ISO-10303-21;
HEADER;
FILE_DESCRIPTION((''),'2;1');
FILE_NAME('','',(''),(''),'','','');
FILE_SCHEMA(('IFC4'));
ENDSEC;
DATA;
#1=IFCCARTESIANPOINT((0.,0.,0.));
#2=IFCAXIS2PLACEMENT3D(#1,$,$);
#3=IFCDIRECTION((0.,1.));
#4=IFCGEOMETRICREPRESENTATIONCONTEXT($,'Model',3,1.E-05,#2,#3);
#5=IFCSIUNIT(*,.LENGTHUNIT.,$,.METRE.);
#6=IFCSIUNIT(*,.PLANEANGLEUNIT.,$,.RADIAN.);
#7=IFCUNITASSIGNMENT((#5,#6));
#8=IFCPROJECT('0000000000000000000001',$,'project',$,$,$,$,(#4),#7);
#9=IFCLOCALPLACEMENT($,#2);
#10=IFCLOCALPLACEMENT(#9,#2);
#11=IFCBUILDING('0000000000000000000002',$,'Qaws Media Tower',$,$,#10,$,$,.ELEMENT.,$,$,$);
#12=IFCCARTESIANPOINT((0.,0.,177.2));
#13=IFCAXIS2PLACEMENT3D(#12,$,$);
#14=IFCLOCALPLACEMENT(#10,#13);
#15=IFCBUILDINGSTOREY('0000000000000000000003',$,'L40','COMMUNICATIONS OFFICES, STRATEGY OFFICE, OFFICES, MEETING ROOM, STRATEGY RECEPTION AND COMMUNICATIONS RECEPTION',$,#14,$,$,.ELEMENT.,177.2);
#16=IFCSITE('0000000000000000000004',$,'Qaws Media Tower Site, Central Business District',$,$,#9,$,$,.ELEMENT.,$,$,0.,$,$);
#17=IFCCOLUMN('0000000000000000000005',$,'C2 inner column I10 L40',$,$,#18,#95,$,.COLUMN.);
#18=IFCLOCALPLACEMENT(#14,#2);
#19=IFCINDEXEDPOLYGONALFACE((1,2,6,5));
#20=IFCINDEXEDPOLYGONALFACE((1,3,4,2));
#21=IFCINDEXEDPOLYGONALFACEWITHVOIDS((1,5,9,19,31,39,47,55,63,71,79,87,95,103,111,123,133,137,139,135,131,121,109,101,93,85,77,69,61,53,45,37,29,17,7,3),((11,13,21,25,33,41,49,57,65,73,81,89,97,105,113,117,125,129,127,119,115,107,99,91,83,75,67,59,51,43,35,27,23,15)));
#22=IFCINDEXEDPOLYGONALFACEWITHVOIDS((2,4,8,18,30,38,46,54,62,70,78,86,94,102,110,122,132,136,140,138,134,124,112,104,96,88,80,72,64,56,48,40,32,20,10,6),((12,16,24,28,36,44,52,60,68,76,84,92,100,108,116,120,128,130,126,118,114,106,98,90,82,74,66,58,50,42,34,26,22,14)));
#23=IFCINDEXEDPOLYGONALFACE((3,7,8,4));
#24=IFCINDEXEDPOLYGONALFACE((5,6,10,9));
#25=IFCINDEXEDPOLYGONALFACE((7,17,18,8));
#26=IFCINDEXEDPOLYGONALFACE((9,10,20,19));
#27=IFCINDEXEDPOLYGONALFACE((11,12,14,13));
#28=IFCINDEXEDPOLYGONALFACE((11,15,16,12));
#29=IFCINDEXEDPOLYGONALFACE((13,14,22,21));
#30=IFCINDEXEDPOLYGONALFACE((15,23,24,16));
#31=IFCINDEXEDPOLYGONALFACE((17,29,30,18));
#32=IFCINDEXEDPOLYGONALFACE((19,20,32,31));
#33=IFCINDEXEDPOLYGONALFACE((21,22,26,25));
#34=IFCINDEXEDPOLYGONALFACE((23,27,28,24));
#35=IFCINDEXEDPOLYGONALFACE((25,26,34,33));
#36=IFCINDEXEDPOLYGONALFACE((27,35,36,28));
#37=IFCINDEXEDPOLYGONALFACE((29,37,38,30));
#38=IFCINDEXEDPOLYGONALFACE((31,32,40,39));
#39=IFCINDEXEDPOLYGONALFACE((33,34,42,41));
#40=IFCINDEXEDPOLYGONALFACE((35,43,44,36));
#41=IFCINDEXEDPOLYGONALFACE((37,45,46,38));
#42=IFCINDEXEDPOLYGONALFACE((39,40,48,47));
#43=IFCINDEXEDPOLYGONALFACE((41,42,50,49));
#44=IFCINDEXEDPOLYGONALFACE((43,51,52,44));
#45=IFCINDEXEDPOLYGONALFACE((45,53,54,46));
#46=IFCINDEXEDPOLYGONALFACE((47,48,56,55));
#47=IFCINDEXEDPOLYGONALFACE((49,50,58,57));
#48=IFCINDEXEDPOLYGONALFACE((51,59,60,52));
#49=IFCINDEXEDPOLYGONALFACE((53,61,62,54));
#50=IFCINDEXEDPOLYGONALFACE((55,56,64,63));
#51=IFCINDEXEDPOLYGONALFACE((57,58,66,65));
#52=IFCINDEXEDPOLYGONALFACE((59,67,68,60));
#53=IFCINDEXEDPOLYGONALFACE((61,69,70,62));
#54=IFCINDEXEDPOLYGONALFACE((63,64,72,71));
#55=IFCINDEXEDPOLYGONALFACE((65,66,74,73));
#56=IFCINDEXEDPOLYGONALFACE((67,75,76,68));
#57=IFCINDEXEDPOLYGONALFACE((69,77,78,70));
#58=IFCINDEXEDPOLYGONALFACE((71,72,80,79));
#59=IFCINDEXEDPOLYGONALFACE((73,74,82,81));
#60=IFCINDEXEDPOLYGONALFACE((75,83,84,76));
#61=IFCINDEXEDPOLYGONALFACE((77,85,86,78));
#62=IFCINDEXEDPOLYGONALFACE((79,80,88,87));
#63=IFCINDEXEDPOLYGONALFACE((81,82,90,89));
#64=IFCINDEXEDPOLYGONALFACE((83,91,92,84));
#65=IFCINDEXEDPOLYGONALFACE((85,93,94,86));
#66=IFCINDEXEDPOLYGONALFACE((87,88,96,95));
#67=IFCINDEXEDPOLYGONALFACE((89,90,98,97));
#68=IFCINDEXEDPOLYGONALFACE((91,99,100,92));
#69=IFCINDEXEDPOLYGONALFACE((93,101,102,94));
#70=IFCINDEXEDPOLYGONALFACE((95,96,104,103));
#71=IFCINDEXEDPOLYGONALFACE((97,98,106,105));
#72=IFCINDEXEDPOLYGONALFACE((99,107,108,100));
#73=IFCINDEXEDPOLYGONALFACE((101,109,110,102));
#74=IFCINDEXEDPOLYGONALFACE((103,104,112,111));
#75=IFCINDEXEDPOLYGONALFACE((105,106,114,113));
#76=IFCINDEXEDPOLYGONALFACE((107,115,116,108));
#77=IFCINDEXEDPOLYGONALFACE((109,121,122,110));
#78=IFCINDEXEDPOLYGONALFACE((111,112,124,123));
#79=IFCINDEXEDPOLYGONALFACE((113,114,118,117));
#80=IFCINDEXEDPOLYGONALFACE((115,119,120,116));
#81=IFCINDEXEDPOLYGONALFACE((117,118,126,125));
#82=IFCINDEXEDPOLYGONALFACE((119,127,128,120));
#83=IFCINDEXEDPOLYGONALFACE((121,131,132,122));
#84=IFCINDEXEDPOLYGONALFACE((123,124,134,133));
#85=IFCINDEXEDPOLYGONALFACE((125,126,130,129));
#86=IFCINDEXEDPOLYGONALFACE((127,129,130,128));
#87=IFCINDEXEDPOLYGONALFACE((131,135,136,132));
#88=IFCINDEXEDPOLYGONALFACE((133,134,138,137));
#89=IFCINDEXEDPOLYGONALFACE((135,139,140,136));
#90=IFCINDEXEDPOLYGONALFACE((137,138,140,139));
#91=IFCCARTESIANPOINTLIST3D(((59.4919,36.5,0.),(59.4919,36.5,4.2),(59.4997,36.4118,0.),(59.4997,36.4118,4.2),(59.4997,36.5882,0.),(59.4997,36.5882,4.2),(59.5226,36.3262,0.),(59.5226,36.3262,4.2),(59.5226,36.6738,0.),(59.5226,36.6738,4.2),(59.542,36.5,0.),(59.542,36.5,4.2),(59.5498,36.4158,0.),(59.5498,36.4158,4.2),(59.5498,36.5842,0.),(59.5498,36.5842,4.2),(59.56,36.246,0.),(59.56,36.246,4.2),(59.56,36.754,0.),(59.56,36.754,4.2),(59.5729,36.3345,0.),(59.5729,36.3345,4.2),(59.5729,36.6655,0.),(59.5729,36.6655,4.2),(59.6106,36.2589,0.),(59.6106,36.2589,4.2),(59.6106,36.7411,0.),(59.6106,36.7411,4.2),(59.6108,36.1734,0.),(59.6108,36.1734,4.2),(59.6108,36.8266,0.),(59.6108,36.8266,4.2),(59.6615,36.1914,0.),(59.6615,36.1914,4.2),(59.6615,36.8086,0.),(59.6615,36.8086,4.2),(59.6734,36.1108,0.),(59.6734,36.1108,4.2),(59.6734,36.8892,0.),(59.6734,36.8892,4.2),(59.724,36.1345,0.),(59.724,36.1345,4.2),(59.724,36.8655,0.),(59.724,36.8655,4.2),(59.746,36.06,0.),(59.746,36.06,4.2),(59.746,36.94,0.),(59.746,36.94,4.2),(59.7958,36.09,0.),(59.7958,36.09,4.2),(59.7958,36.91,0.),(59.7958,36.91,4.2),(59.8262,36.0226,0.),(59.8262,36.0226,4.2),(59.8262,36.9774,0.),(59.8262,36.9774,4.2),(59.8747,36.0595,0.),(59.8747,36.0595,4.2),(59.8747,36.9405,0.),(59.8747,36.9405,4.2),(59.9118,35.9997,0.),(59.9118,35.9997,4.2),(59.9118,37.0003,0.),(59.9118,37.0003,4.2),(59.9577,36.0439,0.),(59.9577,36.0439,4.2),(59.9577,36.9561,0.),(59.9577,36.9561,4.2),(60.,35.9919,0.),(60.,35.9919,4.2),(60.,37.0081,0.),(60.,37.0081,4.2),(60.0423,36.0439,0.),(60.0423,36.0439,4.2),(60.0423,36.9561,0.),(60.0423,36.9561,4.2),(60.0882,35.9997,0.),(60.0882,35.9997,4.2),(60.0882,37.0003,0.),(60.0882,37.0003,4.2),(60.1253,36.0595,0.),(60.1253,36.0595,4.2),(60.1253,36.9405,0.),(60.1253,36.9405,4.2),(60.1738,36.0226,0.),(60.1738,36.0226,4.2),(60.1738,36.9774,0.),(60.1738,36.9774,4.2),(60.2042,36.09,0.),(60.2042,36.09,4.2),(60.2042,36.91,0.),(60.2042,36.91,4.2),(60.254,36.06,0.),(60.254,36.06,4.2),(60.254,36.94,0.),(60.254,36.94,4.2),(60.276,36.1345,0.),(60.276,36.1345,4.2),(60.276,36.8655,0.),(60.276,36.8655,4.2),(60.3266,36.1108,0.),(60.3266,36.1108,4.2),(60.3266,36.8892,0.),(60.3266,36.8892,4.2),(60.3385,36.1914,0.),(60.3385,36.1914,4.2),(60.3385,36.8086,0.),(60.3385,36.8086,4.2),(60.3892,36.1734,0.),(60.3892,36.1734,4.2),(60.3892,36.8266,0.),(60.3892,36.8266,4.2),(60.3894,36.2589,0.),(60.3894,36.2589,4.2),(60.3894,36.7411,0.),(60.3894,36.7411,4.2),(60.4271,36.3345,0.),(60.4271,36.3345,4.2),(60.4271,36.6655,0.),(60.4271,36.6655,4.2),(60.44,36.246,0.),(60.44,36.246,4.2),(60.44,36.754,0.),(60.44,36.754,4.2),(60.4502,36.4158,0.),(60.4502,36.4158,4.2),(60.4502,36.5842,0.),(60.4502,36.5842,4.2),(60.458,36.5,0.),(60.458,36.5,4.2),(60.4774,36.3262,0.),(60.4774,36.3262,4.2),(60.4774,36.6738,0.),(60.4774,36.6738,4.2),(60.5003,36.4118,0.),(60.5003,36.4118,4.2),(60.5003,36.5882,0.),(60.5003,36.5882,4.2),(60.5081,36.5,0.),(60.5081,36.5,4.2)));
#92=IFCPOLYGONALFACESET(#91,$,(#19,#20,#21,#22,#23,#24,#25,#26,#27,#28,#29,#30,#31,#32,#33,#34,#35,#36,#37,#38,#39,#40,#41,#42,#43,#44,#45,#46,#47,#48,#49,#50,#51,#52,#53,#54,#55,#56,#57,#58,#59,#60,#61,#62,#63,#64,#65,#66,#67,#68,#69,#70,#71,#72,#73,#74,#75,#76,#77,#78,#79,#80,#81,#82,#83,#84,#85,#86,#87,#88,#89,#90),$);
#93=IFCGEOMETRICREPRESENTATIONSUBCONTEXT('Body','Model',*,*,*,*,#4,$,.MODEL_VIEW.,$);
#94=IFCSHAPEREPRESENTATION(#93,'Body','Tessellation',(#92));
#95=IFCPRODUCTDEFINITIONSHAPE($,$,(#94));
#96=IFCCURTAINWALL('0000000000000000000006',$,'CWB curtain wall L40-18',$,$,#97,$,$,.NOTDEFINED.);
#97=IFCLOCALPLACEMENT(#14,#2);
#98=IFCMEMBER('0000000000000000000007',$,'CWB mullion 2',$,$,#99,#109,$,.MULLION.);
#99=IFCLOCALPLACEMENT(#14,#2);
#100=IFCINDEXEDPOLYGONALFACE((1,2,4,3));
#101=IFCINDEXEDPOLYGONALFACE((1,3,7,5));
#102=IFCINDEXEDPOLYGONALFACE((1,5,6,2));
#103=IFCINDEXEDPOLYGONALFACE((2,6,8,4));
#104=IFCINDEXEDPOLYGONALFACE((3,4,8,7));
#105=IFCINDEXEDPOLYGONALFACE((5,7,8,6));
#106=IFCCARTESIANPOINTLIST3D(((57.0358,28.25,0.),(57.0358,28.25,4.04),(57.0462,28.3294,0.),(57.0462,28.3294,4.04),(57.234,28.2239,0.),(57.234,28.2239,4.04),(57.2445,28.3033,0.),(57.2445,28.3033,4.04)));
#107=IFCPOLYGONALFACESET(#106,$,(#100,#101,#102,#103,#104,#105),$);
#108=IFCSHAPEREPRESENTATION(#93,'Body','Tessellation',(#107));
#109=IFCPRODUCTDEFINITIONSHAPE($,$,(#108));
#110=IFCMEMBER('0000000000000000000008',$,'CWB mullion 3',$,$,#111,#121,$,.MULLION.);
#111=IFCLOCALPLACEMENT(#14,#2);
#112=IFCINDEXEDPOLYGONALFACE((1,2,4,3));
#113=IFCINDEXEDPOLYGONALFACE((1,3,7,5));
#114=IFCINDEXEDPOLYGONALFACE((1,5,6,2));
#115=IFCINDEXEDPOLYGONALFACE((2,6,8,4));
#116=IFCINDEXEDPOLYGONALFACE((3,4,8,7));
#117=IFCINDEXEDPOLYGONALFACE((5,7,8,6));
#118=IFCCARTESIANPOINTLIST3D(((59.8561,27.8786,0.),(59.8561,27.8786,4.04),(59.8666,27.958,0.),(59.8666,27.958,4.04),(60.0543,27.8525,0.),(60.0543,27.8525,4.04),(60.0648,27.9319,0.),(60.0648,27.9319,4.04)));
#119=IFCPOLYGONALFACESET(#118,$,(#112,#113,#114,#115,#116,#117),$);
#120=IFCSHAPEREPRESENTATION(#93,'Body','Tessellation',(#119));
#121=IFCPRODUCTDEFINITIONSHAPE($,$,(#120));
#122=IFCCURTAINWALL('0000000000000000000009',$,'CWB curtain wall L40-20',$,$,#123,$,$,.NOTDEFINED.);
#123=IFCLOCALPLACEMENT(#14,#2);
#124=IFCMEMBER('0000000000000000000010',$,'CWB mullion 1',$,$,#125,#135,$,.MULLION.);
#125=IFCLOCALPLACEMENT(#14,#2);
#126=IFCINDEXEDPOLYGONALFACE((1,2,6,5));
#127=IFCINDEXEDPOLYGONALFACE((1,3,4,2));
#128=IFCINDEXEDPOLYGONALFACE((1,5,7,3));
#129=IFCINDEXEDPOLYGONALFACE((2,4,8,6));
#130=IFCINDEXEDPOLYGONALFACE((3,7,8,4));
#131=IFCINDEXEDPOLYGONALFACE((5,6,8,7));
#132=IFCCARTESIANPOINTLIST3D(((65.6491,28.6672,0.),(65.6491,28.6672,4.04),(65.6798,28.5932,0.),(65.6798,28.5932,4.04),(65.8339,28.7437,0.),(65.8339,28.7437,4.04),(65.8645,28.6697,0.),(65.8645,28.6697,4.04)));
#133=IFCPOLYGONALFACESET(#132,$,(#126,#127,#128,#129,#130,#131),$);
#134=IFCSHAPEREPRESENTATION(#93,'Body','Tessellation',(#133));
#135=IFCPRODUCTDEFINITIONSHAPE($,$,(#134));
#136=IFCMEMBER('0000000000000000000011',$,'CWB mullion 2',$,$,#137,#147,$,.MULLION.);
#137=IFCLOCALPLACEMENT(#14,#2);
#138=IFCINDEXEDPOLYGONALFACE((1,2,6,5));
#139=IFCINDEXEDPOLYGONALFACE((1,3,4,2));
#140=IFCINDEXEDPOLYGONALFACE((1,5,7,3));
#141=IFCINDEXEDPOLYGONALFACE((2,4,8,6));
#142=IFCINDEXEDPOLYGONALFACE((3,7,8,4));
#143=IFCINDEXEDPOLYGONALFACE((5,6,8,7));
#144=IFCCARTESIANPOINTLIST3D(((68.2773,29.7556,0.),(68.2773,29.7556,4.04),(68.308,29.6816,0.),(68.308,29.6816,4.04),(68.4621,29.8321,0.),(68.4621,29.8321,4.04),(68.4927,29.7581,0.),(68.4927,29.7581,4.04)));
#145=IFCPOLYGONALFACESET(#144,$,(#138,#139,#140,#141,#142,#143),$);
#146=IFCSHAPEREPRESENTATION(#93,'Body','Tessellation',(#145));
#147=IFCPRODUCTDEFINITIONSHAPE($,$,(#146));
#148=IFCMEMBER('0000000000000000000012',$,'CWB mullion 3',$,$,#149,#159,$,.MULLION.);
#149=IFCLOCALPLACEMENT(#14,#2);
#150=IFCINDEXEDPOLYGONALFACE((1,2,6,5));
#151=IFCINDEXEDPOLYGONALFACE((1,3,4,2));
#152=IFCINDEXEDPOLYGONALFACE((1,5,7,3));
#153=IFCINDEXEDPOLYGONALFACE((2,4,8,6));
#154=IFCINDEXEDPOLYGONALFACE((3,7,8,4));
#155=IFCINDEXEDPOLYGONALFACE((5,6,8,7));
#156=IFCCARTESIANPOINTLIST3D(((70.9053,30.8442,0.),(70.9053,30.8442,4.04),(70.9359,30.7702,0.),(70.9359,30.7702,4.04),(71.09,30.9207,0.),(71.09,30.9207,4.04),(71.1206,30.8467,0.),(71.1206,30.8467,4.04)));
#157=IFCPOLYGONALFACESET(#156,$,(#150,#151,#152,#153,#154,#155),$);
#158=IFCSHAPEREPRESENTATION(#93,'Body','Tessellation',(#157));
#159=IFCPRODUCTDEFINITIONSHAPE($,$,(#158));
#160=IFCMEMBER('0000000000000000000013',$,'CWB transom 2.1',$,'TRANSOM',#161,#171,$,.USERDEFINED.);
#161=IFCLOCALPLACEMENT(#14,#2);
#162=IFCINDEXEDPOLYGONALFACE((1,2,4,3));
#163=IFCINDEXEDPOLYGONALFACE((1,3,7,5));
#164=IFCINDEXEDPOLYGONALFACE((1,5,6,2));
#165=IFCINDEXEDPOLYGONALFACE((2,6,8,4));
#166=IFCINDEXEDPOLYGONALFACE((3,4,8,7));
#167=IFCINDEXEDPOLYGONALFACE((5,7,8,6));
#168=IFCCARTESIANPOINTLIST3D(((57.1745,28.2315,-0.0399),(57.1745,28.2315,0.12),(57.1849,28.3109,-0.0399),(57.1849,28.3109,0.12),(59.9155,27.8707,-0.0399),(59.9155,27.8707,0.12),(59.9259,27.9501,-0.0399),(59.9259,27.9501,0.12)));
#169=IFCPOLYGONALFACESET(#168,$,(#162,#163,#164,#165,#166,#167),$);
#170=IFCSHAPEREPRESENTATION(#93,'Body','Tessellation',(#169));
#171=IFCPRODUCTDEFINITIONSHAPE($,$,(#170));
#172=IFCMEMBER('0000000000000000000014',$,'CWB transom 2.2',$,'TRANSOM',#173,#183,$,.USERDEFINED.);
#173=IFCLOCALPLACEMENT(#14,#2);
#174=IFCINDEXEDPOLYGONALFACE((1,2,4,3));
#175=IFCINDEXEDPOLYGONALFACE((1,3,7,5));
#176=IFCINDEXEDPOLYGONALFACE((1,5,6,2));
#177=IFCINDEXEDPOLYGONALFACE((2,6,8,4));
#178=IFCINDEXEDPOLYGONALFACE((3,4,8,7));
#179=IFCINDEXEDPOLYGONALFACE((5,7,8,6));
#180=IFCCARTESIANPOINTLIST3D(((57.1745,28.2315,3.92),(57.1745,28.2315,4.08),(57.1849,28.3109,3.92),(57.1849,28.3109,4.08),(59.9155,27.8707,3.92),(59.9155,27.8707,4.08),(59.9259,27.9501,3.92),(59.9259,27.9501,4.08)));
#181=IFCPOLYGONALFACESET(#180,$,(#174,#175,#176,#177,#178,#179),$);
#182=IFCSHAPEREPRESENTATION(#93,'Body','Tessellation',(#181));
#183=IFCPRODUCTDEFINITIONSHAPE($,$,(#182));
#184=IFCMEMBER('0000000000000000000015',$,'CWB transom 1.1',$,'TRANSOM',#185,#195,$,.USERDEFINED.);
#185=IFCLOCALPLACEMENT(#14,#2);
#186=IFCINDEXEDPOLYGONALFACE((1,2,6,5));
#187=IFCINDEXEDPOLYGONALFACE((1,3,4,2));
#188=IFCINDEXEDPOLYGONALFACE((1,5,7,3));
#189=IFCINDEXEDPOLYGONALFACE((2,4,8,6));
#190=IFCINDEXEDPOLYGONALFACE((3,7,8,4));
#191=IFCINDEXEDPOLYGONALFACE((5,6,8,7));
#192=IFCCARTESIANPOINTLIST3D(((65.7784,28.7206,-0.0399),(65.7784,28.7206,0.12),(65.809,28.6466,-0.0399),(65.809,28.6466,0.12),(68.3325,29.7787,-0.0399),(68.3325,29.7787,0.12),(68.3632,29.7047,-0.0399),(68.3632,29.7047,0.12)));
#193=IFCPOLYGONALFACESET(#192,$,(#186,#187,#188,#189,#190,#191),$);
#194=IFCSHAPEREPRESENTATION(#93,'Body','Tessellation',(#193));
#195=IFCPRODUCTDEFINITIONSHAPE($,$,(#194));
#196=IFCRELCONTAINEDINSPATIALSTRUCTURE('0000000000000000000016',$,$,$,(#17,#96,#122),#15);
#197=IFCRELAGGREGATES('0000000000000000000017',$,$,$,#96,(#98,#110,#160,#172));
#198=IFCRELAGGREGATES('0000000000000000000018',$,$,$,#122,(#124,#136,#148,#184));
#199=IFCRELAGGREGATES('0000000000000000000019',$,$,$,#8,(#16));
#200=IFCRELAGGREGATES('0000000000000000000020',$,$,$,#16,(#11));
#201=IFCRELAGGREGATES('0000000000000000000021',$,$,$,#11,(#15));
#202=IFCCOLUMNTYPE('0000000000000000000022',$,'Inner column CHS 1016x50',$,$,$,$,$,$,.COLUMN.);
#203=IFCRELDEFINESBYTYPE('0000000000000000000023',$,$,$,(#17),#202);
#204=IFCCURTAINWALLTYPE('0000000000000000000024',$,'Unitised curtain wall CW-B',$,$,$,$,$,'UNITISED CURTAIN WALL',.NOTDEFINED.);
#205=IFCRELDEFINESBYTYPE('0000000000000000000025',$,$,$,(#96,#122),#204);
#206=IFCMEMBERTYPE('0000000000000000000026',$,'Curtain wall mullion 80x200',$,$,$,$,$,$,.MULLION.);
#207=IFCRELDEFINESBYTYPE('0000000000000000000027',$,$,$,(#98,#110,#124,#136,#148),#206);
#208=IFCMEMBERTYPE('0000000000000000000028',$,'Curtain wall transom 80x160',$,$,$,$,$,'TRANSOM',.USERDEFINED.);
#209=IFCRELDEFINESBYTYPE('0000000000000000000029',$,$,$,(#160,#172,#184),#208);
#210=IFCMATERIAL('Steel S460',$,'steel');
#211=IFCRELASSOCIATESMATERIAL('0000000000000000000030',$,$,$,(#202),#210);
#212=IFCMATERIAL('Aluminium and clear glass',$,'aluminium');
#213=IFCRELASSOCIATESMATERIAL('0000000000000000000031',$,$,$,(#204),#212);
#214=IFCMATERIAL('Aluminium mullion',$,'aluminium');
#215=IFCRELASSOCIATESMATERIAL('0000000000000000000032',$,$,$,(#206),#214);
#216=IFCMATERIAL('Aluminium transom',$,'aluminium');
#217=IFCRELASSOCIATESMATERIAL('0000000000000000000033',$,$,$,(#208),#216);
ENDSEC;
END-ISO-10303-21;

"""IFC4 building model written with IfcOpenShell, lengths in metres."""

from ifc_helpers import new_model, si_unit, direction, frame, origin, origin_2d, place, context, subcontext, project, spatial, rectangle, hollow_circle, extrude, material, material_profile, profile_set, type_object, element, aggregate, save


model = new_model("IFC4")

# Units and contexts
model_context = context("Model", 3, precision=1e-05, world=origin(), true_north=direction((0.0, 1.0)))
body_context = subcontext(model_context, "Body", "Model", "MODEL_VIEW")
ifc_project = project(units=[si_unit("LENGTHUNIT", "METRE"), si_unit("PLANEANGLEUNIT", "RADIAN")], contexts=[model_context])

# Site, building, storey
site_placement = place(None, origin())
site = spatial("IfcSite", under=ifc_project, at=site_placement, Name="Qaws Media Tower Site, Central Business District", CompositionType="ELEMENT", RefElevation=0.0)
building_placement = place(site_placement, origin())
building = spatial("IfcBuilding", under=site, at=building_placement, Name="Qaws Media Tower", CompositionType="ELEMENT")
storey_placement = place(building_placement, frame((0.0, 0.0, 177.2)))
storey = spatial("IfcBuildingStorey", under=building, at=storey_placement, Name="L40", Description="COMMUNICATIONS OFFICES, STRATEGY OFFICE, OFFICES, MEETING ROOM, STRATEGY RECEPTION AND COMMUNICATIONS RECEPTION", CompositionType="ELEMENT", Elevation=177.2)

# Column
ifc_material_1 = material(Name="Steel S460", Category="steel")
ifc_material_profile_1 = material_profile(ifc_material_1, hollow_circle(Radius=0.5081, WallThickness=0.05, at=origin_2d()), Name="CHS 1016x50")
ifc_profile_set_1 = profile_set([ifc_material_profile_1], Name="Steel S460")
column_type = type_object("IfcColumnType", Name="Inner column CHS 1016x50", PredefinedType="COLUMN", material=ifc_profile_set_1)
column_placement = place(storey_placement, frame((60.0, 36.5, 0.0), z_axis=(0.0, 0.0, 1.0), x_axis=(1.0, 0.0, 0.0)))
element("IfcColumn", 1, at=column_placement, inside=storey, type_object=column_type, Name="C2 inner column I10 L40", PredefinedType="COLUMN", context=body_context, shape_type="SweptSolid", body=[
    extrude(hollow_circle(Radius=0.5081, WallThickness=0.05, at=origin_2d()), origin(), (0.0, 0.0, 1.0), 4.2),
])

# Curtain walls, members
ifc_material_2 = material(Name="Aluminium and clear glass", Category="aluminium")
curtain_wall_type = type_object("IfcCurtainWallType", Name="Unitised curtain wall CW-B", ElementType="UNITISED CURTAIN WALL", PredefinedType="NOTDEFINED", material=ifc_material_2)
curtain_wall_1_placement = place(storey_placement, origin())
curtain_wall_1 = element("IfcCurtainWall", 2, at=curtain_wall_1_placement, inside=storey, type_object=curtain_wall_type, Name="CWB curtain wall L40-18", PredefinedType="NOTDEFINED")
ifc_material_3 = material(Name="Aluminium mullion", Category="aluminium")
ifc_material_profile_2 = material_profile(ifc_material_3, rectangle(XDim=0.0801, YDim=0.2, at=origin_2d()), Name="80x200")
ifc_profile_set_2 = profile_set([ifc_material_profile_2], Name="Aluminium mullion")
member_type_1 = type_object("IfcMemberType", Name="Curtain wall mullion 80x200", PredefinedType="MULLION", material=ifc_profile_set_2)
member_1_placement = place(storey_placement, frame((57.1401, 28.2766, 0.0), z_axis=(0.0, 0.0, 1.0), x_axis=(0.130526, 0.991445, 0.0)))
member_1 = element("IfcMember", 3, at=member_1_placement, type_object=member_type_1, Name="CWB mullion 2", PredefinedType="MULLION", context=body_context, shape_type="SweptSolid", body=[
    extrude(rectangle(XDim=0.0801, YDim=0.2, at=origin_2d()), origin(), (0.0, 0.0, 1.0), 4.04),
])
member_2_placement = place(storey_placement, frame((59.9604, 27.9053, 0.0), z_axis=(0.0, 0.0, 1.0), x_axis=(0.130526, 0.991445, 0.0)))
member_2 = element("IfcMember", 4, at=member_2_placement, type_object=member_type_1, Name="CWB mullion 3", PredefinedType="MULLION", context=body_context, shape_type="SweptSolid", body=[
    extrude(rectangle(XDim=0.0801, YDim=0.2, at=origin_2d()), origin(), (0.0, 0.0, 1.0), 4.04),
])
curtain_wall_2_placement = place(storey_placement, origin())
curtain_wall_2 = element("IfcCurtainWall", 5, at=curtain_wall_2_placement, inside=storey, type_object=curtain_wall_type, Name="CWB curtain wall L40-20", PredefinedType="NOTDEFINED")
member_3_placement = place(storey_placement, frame((65.7568, 28.6685, 0.0), z_axis=(0.0, 0.0, 1.0), x_axis=(-0.382684, 0.923879, 0.0)))
member_3 = element("IfcMember", 6, at=member_3_placement, type_object=member_type_1, Name="CWB mullion 1", PredefinedType="MULLION", context=body_context, shape_type="SweptSolid", body=[
    extrude(rectangle(XDim=0.0801, YDim=0.2, at=origin_2d()), origin(), (0.0, 0.0, 1.0), 4.04),
])
member_4_placement = place(storey_placement, frame((68.385, 29.7568, 0.0), z_axis=(0.0, 0.0, 1.0), x_axis=(-0.382684, 0.923879, 0.0)))
member_4 = element("IfcMember", 7, at=member_4_placement, type_object=member_type_1, Name="CWB mullion 2", PredefinedType="MULLION", context=body_context, shape_type="SweptSolid", body=[
    extrude(rectangle(XDim=0.0801, YDim=0.2, at=origin_2d()), origin(), (0.0, 0.0, 1.0), 4.04),
])
member_5_placement = place(storey_placement, frame((71.0129, 30.8455, 0.0), z_axis=(0.0, 0.0, 1.0), x_axis=(-0.382684, 0.923879, 0.0)))
member_5 = element("IfcMember", 8, at=member_5_placement, type_object=member_type_1, Name="CWB mullion 3", PredefinedType="MULLION", context=body_context, shape_type="SweptSolid", body=[
    extrude(rectangle(XDim=0.0801, YDim=0.2, at=origin_2d()), origin(), (0.0, 0.0, 1.0), 4.04),
])

# Members
ifc_material_4 = material(Name="Aluminium transom", Category="aluminium")
ifc_material_profile_3 = material_profile(ifc_material_4, rectangle(XDim=0.0801, YDim=0.1599, at=origin_2d()), Name="80x160")
ifc_profile_set_3 = profile_set([ifc_material_profile_3], Name="Aluminium transom")
member_type_2 = type_object("IfcMemberType", Name="Curtain wall transom 80x160", ElementType="TRANSOM", PredefinedType="USERDEFINED", material=ifc_profile_set_3)
member_6_placement = place(storey_placement, frame((57.1797, 28.2712, 0.04), z_axis=(0.991446, -0.130521, 0.0), x_axis=(0.130521, 0.991446, 0.0)))
member_6 = element("IfcMember", 9, at=member_6_placement, type_object=member_type_2, Name="CWB transom 2.1", ObjectType="TRANSOM", PredefinedType="USERDEFINED", context=body_context, shape_type="SweptSolid", body=[
    extrude(rectangle(XDim=0.0801, YDim=0.1599, at=origin_2d()), origin(), (0.0, 0.0, 1.0), 2.7646),
])
member_7_placement = place(storey_placement, frame((57.1797, 28.2712, 4.0), z_axis=(0.991446, -0.130521, 0.0), x_axis=(0.130521, 0.991446, 0.0)))
member_7 = element("IfcMember", 10, at=member_7_placement, type_object=member_type_2, Name="CWB transom 2.2", ObjectType="TRANSOM", PredefinedType="USERDEFINED", context=body_context, shape_type="SweptSolid", body=[
    extrude(rectangle(XDim=0.0801, YDim=0.1599, at=origin_2d()), origin(), (0.0, 0.0, 1.0), 2.7646),
])
member_8_placement = place(storey_placement, frame((65.7937, 28.6836, 0.04), z_axis=(0.923864, 0.382721, 0.0), x_axis=(-0.382721, 0.923864, 0.0)))
member_8 = element("IfcMember", 11, at=member_8_placement, type_object=member_type_2, Name="CWB transom 1.1", ObjectType="TRANSOM", PredefinedType="USERDEFINED", context=body_context, shape_type="SweptSolid", body=[
    extrude(rectangle(XDim=0.0801, YDim=0.1599, at=origin_2d()), origin(), (0.0, 0.0, 1.0), 2.7646),
])

aggregate(curtain_wall_1, [member_1, member_2, member_6, member_7])
aggregate(curtain_wall_2, [member_3, member_4, member_5, member_8])

save(model, "model.ifc")
